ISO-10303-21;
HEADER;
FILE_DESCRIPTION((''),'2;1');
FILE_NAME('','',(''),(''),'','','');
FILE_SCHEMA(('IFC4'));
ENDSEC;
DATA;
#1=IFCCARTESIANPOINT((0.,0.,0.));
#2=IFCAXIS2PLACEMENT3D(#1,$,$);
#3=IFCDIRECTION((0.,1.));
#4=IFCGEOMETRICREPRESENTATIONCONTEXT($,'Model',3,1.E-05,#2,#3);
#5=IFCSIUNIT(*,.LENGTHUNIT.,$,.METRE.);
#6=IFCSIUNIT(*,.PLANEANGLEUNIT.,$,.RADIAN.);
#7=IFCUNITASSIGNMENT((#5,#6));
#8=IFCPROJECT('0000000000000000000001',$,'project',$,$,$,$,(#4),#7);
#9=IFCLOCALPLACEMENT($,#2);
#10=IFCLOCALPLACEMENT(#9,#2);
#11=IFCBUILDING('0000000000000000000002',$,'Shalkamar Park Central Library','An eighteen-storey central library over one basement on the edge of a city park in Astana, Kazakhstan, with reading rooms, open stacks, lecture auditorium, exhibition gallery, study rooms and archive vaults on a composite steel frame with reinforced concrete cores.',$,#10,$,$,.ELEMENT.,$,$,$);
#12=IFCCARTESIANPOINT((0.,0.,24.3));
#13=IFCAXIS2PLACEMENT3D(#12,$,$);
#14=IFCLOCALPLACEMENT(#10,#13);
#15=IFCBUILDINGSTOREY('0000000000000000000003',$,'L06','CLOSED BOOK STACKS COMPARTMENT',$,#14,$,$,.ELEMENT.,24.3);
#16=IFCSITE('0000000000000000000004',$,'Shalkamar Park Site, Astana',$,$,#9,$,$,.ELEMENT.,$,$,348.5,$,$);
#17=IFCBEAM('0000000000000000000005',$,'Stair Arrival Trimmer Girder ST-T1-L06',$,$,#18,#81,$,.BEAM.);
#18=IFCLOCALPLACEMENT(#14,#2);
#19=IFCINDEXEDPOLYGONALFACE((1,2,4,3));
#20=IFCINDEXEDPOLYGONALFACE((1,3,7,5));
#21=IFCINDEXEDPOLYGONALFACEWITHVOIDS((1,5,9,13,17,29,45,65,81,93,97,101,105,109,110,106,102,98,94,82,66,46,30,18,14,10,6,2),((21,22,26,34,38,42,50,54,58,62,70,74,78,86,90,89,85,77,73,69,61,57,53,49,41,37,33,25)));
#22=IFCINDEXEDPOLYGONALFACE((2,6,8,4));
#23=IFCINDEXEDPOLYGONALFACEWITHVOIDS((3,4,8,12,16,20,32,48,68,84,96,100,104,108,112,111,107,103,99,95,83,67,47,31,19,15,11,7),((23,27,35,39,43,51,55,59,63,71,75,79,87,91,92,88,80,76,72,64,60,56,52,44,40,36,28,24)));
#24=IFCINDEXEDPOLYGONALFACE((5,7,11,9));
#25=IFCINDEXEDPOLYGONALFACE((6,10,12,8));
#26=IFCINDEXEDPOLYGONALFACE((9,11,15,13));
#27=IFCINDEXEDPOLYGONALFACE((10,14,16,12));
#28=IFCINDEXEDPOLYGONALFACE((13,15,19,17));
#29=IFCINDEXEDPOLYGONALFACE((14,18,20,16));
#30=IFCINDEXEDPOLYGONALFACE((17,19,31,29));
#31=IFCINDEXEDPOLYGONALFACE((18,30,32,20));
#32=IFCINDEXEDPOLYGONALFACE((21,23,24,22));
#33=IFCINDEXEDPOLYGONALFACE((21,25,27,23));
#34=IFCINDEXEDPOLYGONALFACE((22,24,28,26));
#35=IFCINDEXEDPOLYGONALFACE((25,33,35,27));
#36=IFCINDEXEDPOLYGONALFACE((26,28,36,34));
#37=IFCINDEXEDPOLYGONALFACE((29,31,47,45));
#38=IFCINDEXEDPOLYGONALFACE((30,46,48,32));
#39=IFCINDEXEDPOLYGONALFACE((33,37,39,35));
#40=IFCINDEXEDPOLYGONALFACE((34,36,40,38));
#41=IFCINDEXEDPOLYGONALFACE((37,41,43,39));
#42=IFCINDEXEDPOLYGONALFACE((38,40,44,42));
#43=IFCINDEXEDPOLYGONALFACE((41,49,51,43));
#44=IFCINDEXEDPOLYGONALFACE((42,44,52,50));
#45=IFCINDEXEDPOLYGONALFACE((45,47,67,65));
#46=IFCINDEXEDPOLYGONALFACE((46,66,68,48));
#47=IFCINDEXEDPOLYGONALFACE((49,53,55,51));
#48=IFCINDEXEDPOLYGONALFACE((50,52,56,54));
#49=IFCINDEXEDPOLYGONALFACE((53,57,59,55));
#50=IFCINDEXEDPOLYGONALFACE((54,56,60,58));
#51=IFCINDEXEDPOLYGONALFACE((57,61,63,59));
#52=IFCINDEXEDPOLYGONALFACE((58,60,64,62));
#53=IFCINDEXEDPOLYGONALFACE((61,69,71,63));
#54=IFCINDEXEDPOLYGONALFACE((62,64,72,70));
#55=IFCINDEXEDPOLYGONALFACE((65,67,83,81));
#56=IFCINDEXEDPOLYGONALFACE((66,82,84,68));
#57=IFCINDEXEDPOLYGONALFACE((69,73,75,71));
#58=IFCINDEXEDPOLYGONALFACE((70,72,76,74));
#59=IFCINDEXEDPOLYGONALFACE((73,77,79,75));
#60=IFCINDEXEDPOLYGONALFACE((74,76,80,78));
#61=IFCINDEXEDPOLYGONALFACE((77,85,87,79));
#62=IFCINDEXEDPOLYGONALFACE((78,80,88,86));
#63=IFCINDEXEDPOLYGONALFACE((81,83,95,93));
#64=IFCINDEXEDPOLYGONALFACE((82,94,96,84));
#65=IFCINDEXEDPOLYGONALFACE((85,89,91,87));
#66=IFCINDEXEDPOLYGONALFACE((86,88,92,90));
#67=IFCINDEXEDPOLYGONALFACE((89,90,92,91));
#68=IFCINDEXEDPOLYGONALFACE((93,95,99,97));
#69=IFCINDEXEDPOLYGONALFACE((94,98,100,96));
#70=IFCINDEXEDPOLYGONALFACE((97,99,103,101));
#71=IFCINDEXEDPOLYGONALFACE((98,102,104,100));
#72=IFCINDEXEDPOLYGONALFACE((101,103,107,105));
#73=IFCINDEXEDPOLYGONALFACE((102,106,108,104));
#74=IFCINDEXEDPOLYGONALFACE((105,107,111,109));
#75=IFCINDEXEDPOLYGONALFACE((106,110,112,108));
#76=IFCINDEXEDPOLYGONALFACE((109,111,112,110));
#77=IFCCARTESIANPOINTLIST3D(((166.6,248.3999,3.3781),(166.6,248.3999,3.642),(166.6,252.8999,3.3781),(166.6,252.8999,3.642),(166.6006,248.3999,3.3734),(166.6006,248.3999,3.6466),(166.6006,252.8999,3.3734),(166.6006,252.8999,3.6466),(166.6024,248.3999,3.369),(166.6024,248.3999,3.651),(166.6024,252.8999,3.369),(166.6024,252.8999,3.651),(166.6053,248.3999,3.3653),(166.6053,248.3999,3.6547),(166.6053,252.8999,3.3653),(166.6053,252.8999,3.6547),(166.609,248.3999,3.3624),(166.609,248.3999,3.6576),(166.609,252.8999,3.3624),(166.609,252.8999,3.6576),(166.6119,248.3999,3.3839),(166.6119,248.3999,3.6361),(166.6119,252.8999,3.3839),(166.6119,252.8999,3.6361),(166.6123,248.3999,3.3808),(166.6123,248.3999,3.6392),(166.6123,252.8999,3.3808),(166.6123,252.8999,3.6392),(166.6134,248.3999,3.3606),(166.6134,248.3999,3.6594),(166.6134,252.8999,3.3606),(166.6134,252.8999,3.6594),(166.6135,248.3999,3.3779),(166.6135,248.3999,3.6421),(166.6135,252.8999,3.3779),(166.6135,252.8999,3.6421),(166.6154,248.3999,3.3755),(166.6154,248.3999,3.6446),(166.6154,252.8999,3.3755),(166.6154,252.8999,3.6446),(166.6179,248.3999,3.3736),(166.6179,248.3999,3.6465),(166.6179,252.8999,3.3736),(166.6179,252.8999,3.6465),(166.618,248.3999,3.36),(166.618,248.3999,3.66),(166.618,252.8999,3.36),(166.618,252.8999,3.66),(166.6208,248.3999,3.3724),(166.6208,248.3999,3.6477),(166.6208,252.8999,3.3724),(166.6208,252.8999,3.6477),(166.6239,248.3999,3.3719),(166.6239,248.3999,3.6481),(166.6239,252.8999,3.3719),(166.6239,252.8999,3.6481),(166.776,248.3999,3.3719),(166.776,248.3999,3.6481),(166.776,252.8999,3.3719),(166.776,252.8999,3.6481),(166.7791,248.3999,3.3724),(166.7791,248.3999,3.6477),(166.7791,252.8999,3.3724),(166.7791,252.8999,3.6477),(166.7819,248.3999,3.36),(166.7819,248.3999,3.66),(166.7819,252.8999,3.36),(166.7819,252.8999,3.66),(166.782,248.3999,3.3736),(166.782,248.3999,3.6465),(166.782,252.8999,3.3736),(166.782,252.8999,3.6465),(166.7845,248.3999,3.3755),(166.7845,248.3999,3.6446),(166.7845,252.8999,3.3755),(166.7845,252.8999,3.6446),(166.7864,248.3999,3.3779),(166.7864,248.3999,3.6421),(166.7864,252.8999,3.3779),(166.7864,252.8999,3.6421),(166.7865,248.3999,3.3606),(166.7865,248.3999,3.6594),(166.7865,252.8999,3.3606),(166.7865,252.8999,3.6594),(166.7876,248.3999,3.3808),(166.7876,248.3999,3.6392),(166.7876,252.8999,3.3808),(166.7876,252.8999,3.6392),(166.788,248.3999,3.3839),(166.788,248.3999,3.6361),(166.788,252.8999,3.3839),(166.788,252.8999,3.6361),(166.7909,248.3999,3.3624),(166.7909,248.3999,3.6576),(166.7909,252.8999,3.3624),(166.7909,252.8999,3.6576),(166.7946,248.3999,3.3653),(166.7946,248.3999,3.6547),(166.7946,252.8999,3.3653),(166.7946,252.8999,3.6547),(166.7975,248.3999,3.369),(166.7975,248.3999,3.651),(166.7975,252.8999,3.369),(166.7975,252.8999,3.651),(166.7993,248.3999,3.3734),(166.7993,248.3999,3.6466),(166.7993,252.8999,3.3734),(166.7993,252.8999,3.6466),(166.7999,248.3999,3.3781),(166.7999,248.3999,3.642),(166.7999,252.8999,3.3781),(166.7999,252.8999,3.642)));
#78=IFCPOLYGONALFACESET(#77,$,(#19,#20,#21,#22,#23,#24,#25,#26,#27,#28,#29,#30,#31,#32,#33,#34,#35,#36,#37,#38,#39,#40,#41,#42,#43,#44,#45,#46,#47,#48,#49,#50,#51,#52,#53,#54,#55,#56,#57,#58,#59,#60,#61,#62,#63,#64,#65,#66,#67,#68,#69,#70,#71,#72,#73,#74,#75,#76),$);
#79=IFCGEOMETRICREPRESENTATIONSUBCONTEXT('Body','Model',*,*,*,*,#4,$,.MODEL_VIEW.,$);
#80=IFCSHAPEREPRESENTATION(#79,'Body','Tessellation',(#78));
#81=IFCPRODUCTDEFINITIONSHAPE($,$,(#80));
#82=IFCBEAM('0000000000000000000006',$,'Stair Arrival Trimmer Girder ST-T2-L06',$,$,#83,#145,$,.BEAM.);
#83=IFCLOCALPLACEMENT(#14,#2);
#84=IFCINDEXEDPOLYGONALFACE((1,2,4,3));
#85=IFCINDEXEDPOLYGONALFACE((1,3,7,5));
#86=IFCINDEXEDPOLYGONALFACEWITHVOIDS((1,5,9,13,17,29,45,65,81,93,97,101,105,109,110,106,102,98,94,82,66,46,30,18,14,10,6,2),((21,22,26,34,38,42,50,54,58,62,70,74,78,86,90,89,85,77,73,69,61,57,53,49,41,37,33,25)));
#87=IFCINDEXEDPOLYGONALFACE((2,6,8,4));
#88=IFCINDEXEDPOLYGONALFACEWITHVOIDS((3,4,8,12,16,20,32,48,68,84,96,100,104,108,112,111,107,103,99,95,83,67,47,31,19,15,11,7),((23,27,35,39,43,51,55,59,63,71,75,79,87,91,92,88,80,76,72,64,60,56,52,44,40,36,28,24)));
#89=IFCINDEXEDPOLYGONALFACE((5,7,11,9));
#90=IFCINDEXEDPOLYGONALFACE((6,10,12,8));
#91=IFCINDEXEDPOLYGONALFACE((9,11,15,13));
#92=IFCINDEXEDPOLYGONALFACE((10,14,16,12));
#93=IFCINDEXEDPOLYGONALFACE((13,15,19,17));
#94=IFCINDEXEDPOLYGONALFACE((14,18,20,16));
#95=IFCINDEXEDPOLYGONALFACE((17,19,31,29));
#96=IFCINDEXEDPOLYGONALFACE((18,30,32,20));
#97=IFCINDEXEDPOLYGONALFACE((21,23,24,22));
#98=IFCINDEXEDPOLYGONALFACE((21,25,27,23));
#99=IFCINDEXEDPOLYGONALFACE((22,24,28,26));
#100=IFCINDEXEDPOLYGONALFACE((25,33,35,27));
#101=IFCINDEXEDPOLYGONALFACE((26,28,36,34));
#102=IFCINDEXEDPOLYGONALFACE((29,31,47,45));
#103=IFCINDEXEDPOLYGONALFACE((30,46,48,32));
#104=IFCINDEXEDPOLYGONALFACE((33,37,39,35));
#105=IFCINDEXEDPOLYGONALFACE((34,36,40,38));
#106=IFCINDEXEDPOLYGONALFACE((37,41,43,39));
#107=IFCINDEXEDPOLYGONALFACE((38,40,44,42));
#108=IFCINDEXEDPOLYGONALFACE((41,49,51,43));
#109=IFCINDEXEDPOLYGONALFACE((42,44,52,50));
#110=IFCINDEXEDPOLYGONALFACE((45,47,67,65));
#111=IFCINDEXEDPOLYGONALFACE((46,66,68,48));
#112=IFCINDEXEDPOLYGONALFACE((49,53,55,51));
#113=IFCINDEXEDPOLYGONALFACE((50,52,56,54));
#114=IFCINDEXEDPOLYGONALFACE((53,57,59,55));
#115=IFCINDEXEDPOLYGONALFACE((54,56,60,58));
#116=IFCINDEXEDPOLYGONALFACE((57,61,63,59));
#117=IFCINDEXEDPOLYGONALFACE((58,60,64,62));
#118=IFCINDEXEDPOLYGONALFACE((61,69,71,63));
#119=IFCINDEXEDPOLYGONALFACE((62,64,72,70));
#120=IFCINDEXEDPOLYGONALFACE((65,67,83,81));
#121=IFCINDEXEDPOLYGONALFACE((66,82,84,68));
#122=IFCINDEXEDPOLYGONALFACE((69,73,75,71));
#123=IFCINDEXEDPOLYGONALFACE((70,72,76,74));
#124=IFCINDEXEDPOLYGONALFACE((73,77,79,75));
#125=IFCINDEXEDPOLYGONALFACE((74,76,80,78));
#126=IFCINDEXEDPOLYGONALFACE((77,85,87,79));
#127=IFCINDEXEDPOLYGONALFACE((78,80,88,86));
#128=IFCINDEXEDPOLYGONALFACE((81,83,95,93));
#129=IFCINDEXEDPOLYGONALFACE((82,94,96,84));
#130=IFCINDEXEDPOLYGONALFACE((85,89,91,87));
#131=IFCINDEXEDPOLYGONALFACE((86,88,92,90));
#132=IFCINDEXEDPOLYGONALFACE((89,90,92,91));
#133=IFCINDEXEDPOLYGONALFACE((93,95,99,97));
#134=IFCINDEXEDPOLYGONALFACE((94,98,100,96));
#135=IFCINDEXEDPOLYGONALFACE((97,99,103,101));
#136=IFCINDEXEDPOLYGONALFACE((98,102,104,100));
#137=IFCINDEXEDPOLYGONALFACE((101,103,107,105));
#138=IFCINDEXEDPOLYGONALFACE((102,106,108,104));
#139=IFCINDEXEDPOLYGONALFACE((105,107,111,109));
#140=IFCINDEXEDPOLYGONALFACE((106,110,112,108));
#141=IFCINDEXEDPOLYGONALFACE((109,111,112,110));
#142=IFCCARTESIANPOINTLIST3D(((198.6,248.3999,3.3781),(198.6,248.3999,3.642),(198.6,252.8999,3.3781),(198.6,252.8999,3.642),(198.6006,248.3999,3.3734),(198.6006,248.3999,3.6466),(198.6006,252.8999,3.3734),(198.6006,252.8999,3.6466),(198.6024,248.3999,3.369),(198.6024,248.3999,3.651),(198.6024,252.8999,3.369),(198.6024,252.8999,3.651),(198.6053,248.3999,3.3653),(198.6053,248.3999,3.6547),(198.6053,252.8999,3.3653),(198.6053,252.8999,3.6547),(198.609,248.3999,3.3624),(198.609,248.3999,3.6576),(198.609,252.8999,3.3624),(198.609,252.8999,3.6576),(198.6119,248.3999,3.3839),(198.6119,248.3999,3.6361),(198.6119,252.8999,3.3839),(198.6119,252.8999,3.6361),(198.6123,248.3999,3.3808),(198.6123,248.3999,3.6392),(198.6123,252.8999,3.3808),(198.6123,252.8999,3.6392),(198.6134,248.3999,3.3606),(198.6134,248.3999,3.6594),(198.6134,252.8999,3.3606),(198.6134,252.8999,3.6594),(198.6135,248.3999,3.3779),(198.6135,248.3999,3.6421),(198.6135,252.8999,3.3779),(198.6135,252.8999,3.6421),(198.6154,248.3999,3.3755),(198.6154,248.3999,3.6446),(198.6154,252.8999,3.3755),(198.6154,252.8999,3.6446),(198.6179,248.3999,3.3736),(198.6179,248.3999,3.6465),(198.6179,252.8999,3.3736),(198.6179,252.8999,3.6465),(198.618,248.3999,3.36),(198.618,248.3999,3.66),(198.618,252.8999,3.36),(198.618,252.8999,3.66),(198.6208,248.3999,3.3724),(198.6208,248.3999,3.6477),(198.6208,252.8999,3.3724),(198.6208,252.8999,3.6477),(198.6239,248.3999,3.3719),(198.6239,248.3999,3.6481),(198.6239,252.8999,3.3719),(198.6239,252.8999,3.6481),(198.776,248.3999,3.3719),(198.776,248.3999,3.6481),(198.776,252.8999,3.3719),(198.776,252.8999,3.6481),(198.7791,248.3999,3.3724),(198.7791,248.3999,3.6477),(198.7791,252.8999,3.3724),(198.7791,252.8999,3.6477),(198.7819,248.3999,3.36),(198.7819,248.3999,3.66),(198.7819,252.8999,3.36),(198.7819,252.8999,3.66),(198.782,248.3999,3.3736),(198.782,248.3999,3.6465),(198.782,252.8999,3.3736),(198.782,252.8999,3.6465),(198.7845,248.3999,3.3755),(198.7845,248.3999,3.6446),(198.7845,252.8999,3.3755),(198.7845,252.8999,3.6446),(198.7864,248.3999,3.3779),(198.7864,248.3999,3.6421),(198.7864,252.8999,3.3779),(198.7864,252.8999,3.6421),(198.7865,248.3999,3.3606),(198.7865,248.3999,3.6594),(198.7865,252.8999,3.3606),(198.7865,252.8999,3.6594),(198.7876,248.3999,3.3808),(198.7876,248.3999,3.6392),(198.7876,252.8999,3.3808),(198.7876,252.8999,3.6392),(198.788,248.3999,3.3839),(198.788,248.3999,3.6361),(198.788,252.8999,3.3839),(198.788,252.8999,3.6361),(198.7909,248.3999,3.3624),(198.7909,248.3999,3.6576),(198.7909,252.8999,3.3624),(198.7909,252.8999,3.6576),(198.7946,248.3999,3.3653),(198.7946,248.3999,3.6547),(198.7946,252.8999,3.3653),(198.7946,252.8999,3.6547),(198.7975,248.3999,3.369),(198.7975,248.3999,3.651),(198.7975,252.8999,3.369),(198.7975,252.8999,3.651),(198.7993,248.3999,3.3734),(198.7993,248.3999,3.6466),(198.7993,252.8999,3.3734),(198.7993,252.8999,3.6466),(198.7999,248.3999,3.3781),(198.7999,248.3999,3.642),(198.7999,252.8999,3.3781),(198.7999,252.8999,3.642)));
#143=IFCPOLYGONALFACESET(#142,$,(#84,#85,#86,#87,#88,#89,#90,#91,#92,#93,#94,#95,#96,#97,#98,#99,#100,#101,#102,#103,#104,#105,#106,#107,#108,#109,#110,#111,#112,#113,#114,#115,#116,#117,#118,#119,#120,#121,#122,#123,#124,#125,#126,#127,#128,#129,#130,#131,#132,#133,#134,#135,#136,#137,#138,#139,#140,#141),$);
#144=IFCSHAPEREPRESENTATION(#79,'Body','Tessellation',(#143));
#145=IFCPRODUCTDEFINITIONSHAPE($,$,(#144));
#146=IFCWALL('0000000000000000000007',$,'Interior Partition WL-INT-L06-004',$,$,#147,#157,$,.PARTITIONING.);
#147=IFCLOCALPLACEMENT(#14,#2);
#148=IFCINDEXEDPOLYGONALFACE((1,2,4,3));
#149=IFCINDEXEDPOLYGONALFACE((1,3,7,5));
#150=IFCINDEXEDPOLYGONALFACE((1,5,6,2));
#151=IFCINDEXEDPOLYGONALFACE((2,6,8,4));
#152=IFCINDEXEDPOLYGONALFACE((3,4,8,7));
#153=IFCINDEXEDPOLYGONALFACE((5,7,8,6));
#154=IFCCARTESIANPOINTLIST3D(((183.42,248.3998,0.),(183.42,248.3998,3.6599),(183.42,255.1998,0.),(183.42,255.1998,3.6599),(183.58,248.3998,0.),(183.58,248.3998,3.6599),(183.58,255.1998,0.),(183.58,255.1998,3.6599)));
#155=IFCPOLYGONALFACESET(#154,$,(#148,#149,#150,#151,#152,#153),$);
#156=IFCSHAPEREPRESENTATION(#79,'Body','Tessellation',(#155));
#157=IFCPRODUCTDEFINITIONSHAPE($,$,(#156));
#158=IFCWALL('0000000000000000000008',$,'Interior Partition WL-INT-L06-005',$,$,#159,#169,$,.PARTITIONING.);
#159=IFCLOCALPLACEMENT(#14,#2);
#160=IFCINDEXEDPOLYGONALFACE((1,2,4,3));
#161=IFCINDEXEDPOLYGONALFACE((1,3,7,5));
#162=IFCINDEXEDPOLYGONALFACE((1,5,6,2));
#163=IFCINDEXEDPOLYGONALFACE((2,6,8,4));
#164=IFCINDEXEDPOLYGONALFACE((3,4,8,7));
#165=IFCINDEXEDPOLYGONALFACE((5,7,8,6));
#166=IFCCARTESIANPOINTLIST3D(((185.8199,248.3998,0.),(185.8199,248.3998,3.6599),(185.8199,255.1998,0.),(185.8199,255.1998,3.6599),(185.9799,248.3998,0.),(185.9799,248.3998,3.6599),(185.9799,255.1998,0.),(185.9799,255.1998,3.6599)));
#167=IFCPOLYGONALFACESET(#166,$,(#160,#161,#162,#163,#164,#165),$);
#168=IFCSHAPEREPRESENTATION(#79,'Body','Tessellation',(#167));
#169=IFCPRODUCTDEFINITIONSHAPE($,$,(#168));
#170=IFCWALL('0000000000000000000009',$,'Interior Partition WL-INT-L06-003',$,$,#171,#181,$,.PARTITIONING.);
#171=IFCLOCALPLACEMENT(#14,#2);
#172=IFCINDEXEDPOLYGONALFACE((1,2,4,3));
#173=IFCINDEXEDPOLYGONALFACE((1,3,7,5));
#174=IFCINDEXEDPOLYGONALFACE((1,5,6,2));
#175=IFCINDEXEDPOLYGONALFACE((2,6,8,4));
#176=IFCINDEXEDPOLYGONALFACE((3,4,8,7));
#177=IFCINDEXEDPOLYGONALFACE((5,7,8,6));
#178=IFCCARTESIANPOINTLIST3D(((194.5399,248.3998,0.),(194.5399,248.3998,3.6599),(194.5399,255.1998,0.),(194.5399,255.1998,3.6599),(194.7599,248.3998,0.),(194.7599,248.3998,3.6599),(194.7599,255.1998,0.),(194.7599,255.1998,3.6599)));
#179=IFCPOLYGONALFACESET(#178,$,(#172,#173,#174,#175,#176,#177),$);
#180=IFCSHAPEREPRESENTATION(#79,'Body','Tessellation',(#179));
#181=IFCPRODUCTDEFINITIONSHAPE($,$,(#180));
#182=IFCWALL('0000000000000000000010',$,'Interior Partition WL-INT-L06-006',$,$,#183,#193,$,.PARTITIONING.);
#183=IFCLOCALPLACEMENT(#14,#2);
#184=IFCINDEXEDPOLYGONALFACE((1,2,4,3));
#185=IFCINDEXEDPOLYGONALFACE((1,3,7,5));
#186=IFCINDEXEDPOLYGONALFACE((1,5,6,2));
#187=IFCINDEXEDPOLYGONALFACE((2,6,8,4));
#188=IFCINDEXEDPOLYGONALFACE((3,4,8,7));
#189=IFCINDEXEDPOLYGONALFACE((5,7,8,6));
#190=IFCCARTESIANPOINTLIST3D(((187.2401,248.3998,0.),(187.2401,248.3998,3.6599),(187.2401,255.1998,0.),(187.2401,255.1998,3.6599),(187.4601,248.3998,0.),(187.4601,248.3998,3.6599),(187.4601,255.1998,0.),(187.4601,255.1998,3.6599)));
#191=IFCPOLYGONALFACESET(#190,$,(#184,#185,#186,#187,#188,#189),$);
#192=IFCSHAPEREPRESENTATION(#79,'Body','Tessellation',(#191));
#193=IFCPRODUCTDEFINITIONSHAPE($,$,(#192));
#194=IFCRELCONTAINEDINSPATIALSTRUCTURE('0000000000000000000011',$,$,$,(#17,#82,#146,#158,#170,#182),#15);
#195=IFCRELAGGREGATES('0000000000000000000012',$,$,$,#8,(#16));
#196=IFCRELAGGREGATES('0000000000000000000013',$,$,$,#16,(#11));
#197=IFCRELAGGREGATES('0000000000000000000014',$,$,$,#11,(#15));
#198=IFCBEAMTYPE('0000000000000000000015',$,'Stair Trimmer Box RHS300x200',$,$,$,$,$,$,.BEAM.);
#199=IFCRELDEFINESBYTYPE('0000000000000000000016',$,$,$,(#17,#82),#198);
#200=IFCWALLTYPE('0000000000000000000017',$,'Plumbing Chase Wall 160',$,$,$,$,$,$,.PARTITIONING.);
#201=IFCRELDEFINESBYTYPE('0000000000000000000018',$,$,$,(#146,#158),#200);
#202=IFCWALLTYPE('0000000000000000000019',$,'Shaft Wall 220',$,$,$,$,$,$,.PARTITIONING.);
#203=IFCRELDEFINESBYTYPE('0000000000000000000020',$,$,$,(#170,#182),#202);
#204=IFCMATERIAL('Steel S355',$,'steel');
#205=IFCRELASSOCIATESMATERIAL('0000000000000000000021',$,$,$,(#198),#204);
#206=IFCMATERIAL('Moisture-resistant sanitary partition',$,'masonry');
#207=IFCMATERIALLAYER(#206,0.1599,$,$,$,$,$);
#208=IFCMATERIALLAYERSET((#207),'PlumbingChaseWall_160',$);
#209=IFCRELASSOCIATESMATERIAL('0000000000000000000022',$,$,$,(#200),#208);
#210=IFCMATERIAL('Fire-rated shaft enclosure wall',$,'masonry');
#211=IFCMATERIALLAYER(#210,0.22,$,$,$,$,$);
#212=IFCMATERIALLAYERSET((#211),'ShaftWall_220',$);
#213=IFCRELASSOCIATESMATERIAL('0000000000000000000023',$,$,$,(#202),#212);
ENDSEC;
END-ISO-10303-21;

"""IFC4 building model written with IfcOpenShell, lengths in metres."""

from ifc_helpers import new_model, si_unit, direction, frame, frame_2d, origin, origin_2d, place, context, subcontext, project, spatial, rectangle, hollow_rectangle, extrude, material, layer, layer_set, material_profile, profile_set, type_object, element, save


model = new_model("IFC4")

# Units and contexts
model_context = context("Model", 3, precision=1e-05, world=origin(), true_north=direction((0.0, 1.0)))
body_context = subcontext(model_context, "Body", "Model", "MODEL_VIEW")
ifc_project = project(units=[si_unit("LENGTHUNIT", "METRE"), si_unit("PLANEANGLEUNIT", "RADIAN")], contexts=[model_context])

# Site, building, storey
site_placement = place(None, origin())
site = spatial("IfcSite", under=ifc_project, at=site_placement, Name="Shalkamar Park Site, Astana", CompositionType="ELEMENT", RefElevation=348.5)
building_placement = place(site_placement, origin())
building = spatial("IfcBuilding", under=site, at=building_placement, Name="Shalkamar Park Central Library", Description="An eighteen-storey central library over one basement on the edge of a city park in Astana, Kazakhstan, with reading rooms, open stacks, lecture auditorium, exhibition gallery, study rooms and archive vaults on a composite steel frame with reinforced concrete cores.", CompositionType="ELEMENT")
storey_placement = place(building_placement, frame((0.0, 0.0, 24.3)))
storey = spatial("IfcBuildingStorey", under=building, at=storey_placement, Name="L06", Description="CLOSED BOOK STACKS COMPARTMENT", CompositionType="ELEMENT", Elevation=24.3)

# Shared definitions
ifc_material_1 = material(Name="Steel S355", Category="steel")

# Beams
ifc_material_profile_1 = material_profile(ifc_material_1, hollow_rectangle(XDim=0.2, YDim=0.3, WallThickness=0.012, InnerFilletRadius=0.012, OuterFilletRadius=0.0181, at=origin_2d()), Name="RHS 300x200x12")
ifc_profile_set_1 = profile_set([ifc_material_profile_1], Name="Steel S355")
beam_type_1 = type_object("IfcBeamType", Name="Stair Trimmer Box RHS300x200", PredefinedType="BEAM", material=ifc_profile_set_1)
for number, where, z_axis, x_axis, name in (
    (1, (166.7, 248.3999, 3.51), (0.0, 1.0, 0.0), (-1.0, 0.0, 0.0), "Stair Arrival Trimmer Girder ST-T1-L06"),
    (2, (198.7, 248.3999, 3.51), (0.0, 1.0, 0.0), (-1.0, 0.0, 0.0), "Stair Arrival Trimmer Girder ST-T2-L06"),
):
    element("IfcBeam", number, at=place(storey_placement, frame(where, z_axis=z_axis, x_axis=x_axis)), inside=storey, type_object=beam_type_1, Name=name, PredefinedType="BEAM", context=body_context, shape_type="SweptSolid", body=[
        extrude(hollow_rectangle(XDim=0.2, YDim=0.3, WallThickness=0.012, InnerFilletRadius=0.012, OuterFilletRadius=0.0181, at=origin_2d()), origin(), (0.0, 0.0, 1.0), 4.5),
    ])

# Walls
ifc_material_2 = material(Name="Moisture-resistant sanitary partition", Category="masonry")
ifc_layer_1 = layer(ifc_material_2, 0.1599)
ifc_layer_set_1 = layer_set([ifc_layer_1], Name="PlumbingChaseWall_160")
wall_type_1 = type_object("IfcWallType", Name="Plumbing Chase Wall 160", PredefinedType="PARTITIONING", material=ifc_layer_set_1)
for number, where, z_axis, x_axis, name in (
    (3, (183.5, 248.3999, 0.0), (0.0, 0.0, 1.0), (0.0, 1.0, 0.0), "Interior Partition WL-INT-L06-004"),
    (4, (185.8999, 248.3999, 0.0), (0.0, 0.0, 1.0), (0.0, 1.0, 0.0), "Interior Partition WL-INT-L06-005"),
):
    element("IfcWall", number, at=place(storey_placement, frame(where, z_axis=z_axis, x_axis=x_axis)), inside=storey, type_object=wall_type_1, Name=name, PredefinedType="PARTITIONING", context=body_context, shape_type="SweptSolid", body=[
        extrude(rectangle(XDim=6.8, YDim=0.1599, at=frame_2d((3.3999, 0.0))), origin(), (0.0, 0.0, 1.0), 3.6599),
    ])
ifc_material_3 = material(Name="Fire-rated shaft enclosure wall", Category="masonry")
ifc_layer_2 = layer(ifc_material_3, 0.22)
ifc_layer_set_2 = layer_set([ifc_layer_2], Name="ShaftWall_220")
wall_type_2 = type_object("IfcWallType", Name="Shaft Wall 220", PredefinedType="PARTITIONING", material=ifc_layer_set_2)
for number, where, z_axis, x_axis, name in (
    (5, (194.6499, 248.3999, 0.0), (0.0, 0.0, 1.0), (0.0, 1.0, 0.0), "Interior Partition WL-INT-L06-003"),
    (6, (187.3501, 248.3999, 0.0), (0.0, 0.0, 1.0), (0.0, 1.0, 0.0), "Interior Partition WL-INT-L06-006"),
):
    element("IfcWall", number, at=place(storey_placement, frame(where, z_axis=z_axis, x_axis=x_axis)), inside=storey, type_object=wall_type_2, Name=name, PredefinedType="PARTITIONING", context=body_context, shape_type="SweptSolid", body=[
        extrude(rectangle(XDim=6.8, YDim=0.22, at=frame_2d((3.3999, 0.0))), origin(), (0.0, 0.0, 1.0), 3.6599),
    ])

save(model, "model.ifc")
